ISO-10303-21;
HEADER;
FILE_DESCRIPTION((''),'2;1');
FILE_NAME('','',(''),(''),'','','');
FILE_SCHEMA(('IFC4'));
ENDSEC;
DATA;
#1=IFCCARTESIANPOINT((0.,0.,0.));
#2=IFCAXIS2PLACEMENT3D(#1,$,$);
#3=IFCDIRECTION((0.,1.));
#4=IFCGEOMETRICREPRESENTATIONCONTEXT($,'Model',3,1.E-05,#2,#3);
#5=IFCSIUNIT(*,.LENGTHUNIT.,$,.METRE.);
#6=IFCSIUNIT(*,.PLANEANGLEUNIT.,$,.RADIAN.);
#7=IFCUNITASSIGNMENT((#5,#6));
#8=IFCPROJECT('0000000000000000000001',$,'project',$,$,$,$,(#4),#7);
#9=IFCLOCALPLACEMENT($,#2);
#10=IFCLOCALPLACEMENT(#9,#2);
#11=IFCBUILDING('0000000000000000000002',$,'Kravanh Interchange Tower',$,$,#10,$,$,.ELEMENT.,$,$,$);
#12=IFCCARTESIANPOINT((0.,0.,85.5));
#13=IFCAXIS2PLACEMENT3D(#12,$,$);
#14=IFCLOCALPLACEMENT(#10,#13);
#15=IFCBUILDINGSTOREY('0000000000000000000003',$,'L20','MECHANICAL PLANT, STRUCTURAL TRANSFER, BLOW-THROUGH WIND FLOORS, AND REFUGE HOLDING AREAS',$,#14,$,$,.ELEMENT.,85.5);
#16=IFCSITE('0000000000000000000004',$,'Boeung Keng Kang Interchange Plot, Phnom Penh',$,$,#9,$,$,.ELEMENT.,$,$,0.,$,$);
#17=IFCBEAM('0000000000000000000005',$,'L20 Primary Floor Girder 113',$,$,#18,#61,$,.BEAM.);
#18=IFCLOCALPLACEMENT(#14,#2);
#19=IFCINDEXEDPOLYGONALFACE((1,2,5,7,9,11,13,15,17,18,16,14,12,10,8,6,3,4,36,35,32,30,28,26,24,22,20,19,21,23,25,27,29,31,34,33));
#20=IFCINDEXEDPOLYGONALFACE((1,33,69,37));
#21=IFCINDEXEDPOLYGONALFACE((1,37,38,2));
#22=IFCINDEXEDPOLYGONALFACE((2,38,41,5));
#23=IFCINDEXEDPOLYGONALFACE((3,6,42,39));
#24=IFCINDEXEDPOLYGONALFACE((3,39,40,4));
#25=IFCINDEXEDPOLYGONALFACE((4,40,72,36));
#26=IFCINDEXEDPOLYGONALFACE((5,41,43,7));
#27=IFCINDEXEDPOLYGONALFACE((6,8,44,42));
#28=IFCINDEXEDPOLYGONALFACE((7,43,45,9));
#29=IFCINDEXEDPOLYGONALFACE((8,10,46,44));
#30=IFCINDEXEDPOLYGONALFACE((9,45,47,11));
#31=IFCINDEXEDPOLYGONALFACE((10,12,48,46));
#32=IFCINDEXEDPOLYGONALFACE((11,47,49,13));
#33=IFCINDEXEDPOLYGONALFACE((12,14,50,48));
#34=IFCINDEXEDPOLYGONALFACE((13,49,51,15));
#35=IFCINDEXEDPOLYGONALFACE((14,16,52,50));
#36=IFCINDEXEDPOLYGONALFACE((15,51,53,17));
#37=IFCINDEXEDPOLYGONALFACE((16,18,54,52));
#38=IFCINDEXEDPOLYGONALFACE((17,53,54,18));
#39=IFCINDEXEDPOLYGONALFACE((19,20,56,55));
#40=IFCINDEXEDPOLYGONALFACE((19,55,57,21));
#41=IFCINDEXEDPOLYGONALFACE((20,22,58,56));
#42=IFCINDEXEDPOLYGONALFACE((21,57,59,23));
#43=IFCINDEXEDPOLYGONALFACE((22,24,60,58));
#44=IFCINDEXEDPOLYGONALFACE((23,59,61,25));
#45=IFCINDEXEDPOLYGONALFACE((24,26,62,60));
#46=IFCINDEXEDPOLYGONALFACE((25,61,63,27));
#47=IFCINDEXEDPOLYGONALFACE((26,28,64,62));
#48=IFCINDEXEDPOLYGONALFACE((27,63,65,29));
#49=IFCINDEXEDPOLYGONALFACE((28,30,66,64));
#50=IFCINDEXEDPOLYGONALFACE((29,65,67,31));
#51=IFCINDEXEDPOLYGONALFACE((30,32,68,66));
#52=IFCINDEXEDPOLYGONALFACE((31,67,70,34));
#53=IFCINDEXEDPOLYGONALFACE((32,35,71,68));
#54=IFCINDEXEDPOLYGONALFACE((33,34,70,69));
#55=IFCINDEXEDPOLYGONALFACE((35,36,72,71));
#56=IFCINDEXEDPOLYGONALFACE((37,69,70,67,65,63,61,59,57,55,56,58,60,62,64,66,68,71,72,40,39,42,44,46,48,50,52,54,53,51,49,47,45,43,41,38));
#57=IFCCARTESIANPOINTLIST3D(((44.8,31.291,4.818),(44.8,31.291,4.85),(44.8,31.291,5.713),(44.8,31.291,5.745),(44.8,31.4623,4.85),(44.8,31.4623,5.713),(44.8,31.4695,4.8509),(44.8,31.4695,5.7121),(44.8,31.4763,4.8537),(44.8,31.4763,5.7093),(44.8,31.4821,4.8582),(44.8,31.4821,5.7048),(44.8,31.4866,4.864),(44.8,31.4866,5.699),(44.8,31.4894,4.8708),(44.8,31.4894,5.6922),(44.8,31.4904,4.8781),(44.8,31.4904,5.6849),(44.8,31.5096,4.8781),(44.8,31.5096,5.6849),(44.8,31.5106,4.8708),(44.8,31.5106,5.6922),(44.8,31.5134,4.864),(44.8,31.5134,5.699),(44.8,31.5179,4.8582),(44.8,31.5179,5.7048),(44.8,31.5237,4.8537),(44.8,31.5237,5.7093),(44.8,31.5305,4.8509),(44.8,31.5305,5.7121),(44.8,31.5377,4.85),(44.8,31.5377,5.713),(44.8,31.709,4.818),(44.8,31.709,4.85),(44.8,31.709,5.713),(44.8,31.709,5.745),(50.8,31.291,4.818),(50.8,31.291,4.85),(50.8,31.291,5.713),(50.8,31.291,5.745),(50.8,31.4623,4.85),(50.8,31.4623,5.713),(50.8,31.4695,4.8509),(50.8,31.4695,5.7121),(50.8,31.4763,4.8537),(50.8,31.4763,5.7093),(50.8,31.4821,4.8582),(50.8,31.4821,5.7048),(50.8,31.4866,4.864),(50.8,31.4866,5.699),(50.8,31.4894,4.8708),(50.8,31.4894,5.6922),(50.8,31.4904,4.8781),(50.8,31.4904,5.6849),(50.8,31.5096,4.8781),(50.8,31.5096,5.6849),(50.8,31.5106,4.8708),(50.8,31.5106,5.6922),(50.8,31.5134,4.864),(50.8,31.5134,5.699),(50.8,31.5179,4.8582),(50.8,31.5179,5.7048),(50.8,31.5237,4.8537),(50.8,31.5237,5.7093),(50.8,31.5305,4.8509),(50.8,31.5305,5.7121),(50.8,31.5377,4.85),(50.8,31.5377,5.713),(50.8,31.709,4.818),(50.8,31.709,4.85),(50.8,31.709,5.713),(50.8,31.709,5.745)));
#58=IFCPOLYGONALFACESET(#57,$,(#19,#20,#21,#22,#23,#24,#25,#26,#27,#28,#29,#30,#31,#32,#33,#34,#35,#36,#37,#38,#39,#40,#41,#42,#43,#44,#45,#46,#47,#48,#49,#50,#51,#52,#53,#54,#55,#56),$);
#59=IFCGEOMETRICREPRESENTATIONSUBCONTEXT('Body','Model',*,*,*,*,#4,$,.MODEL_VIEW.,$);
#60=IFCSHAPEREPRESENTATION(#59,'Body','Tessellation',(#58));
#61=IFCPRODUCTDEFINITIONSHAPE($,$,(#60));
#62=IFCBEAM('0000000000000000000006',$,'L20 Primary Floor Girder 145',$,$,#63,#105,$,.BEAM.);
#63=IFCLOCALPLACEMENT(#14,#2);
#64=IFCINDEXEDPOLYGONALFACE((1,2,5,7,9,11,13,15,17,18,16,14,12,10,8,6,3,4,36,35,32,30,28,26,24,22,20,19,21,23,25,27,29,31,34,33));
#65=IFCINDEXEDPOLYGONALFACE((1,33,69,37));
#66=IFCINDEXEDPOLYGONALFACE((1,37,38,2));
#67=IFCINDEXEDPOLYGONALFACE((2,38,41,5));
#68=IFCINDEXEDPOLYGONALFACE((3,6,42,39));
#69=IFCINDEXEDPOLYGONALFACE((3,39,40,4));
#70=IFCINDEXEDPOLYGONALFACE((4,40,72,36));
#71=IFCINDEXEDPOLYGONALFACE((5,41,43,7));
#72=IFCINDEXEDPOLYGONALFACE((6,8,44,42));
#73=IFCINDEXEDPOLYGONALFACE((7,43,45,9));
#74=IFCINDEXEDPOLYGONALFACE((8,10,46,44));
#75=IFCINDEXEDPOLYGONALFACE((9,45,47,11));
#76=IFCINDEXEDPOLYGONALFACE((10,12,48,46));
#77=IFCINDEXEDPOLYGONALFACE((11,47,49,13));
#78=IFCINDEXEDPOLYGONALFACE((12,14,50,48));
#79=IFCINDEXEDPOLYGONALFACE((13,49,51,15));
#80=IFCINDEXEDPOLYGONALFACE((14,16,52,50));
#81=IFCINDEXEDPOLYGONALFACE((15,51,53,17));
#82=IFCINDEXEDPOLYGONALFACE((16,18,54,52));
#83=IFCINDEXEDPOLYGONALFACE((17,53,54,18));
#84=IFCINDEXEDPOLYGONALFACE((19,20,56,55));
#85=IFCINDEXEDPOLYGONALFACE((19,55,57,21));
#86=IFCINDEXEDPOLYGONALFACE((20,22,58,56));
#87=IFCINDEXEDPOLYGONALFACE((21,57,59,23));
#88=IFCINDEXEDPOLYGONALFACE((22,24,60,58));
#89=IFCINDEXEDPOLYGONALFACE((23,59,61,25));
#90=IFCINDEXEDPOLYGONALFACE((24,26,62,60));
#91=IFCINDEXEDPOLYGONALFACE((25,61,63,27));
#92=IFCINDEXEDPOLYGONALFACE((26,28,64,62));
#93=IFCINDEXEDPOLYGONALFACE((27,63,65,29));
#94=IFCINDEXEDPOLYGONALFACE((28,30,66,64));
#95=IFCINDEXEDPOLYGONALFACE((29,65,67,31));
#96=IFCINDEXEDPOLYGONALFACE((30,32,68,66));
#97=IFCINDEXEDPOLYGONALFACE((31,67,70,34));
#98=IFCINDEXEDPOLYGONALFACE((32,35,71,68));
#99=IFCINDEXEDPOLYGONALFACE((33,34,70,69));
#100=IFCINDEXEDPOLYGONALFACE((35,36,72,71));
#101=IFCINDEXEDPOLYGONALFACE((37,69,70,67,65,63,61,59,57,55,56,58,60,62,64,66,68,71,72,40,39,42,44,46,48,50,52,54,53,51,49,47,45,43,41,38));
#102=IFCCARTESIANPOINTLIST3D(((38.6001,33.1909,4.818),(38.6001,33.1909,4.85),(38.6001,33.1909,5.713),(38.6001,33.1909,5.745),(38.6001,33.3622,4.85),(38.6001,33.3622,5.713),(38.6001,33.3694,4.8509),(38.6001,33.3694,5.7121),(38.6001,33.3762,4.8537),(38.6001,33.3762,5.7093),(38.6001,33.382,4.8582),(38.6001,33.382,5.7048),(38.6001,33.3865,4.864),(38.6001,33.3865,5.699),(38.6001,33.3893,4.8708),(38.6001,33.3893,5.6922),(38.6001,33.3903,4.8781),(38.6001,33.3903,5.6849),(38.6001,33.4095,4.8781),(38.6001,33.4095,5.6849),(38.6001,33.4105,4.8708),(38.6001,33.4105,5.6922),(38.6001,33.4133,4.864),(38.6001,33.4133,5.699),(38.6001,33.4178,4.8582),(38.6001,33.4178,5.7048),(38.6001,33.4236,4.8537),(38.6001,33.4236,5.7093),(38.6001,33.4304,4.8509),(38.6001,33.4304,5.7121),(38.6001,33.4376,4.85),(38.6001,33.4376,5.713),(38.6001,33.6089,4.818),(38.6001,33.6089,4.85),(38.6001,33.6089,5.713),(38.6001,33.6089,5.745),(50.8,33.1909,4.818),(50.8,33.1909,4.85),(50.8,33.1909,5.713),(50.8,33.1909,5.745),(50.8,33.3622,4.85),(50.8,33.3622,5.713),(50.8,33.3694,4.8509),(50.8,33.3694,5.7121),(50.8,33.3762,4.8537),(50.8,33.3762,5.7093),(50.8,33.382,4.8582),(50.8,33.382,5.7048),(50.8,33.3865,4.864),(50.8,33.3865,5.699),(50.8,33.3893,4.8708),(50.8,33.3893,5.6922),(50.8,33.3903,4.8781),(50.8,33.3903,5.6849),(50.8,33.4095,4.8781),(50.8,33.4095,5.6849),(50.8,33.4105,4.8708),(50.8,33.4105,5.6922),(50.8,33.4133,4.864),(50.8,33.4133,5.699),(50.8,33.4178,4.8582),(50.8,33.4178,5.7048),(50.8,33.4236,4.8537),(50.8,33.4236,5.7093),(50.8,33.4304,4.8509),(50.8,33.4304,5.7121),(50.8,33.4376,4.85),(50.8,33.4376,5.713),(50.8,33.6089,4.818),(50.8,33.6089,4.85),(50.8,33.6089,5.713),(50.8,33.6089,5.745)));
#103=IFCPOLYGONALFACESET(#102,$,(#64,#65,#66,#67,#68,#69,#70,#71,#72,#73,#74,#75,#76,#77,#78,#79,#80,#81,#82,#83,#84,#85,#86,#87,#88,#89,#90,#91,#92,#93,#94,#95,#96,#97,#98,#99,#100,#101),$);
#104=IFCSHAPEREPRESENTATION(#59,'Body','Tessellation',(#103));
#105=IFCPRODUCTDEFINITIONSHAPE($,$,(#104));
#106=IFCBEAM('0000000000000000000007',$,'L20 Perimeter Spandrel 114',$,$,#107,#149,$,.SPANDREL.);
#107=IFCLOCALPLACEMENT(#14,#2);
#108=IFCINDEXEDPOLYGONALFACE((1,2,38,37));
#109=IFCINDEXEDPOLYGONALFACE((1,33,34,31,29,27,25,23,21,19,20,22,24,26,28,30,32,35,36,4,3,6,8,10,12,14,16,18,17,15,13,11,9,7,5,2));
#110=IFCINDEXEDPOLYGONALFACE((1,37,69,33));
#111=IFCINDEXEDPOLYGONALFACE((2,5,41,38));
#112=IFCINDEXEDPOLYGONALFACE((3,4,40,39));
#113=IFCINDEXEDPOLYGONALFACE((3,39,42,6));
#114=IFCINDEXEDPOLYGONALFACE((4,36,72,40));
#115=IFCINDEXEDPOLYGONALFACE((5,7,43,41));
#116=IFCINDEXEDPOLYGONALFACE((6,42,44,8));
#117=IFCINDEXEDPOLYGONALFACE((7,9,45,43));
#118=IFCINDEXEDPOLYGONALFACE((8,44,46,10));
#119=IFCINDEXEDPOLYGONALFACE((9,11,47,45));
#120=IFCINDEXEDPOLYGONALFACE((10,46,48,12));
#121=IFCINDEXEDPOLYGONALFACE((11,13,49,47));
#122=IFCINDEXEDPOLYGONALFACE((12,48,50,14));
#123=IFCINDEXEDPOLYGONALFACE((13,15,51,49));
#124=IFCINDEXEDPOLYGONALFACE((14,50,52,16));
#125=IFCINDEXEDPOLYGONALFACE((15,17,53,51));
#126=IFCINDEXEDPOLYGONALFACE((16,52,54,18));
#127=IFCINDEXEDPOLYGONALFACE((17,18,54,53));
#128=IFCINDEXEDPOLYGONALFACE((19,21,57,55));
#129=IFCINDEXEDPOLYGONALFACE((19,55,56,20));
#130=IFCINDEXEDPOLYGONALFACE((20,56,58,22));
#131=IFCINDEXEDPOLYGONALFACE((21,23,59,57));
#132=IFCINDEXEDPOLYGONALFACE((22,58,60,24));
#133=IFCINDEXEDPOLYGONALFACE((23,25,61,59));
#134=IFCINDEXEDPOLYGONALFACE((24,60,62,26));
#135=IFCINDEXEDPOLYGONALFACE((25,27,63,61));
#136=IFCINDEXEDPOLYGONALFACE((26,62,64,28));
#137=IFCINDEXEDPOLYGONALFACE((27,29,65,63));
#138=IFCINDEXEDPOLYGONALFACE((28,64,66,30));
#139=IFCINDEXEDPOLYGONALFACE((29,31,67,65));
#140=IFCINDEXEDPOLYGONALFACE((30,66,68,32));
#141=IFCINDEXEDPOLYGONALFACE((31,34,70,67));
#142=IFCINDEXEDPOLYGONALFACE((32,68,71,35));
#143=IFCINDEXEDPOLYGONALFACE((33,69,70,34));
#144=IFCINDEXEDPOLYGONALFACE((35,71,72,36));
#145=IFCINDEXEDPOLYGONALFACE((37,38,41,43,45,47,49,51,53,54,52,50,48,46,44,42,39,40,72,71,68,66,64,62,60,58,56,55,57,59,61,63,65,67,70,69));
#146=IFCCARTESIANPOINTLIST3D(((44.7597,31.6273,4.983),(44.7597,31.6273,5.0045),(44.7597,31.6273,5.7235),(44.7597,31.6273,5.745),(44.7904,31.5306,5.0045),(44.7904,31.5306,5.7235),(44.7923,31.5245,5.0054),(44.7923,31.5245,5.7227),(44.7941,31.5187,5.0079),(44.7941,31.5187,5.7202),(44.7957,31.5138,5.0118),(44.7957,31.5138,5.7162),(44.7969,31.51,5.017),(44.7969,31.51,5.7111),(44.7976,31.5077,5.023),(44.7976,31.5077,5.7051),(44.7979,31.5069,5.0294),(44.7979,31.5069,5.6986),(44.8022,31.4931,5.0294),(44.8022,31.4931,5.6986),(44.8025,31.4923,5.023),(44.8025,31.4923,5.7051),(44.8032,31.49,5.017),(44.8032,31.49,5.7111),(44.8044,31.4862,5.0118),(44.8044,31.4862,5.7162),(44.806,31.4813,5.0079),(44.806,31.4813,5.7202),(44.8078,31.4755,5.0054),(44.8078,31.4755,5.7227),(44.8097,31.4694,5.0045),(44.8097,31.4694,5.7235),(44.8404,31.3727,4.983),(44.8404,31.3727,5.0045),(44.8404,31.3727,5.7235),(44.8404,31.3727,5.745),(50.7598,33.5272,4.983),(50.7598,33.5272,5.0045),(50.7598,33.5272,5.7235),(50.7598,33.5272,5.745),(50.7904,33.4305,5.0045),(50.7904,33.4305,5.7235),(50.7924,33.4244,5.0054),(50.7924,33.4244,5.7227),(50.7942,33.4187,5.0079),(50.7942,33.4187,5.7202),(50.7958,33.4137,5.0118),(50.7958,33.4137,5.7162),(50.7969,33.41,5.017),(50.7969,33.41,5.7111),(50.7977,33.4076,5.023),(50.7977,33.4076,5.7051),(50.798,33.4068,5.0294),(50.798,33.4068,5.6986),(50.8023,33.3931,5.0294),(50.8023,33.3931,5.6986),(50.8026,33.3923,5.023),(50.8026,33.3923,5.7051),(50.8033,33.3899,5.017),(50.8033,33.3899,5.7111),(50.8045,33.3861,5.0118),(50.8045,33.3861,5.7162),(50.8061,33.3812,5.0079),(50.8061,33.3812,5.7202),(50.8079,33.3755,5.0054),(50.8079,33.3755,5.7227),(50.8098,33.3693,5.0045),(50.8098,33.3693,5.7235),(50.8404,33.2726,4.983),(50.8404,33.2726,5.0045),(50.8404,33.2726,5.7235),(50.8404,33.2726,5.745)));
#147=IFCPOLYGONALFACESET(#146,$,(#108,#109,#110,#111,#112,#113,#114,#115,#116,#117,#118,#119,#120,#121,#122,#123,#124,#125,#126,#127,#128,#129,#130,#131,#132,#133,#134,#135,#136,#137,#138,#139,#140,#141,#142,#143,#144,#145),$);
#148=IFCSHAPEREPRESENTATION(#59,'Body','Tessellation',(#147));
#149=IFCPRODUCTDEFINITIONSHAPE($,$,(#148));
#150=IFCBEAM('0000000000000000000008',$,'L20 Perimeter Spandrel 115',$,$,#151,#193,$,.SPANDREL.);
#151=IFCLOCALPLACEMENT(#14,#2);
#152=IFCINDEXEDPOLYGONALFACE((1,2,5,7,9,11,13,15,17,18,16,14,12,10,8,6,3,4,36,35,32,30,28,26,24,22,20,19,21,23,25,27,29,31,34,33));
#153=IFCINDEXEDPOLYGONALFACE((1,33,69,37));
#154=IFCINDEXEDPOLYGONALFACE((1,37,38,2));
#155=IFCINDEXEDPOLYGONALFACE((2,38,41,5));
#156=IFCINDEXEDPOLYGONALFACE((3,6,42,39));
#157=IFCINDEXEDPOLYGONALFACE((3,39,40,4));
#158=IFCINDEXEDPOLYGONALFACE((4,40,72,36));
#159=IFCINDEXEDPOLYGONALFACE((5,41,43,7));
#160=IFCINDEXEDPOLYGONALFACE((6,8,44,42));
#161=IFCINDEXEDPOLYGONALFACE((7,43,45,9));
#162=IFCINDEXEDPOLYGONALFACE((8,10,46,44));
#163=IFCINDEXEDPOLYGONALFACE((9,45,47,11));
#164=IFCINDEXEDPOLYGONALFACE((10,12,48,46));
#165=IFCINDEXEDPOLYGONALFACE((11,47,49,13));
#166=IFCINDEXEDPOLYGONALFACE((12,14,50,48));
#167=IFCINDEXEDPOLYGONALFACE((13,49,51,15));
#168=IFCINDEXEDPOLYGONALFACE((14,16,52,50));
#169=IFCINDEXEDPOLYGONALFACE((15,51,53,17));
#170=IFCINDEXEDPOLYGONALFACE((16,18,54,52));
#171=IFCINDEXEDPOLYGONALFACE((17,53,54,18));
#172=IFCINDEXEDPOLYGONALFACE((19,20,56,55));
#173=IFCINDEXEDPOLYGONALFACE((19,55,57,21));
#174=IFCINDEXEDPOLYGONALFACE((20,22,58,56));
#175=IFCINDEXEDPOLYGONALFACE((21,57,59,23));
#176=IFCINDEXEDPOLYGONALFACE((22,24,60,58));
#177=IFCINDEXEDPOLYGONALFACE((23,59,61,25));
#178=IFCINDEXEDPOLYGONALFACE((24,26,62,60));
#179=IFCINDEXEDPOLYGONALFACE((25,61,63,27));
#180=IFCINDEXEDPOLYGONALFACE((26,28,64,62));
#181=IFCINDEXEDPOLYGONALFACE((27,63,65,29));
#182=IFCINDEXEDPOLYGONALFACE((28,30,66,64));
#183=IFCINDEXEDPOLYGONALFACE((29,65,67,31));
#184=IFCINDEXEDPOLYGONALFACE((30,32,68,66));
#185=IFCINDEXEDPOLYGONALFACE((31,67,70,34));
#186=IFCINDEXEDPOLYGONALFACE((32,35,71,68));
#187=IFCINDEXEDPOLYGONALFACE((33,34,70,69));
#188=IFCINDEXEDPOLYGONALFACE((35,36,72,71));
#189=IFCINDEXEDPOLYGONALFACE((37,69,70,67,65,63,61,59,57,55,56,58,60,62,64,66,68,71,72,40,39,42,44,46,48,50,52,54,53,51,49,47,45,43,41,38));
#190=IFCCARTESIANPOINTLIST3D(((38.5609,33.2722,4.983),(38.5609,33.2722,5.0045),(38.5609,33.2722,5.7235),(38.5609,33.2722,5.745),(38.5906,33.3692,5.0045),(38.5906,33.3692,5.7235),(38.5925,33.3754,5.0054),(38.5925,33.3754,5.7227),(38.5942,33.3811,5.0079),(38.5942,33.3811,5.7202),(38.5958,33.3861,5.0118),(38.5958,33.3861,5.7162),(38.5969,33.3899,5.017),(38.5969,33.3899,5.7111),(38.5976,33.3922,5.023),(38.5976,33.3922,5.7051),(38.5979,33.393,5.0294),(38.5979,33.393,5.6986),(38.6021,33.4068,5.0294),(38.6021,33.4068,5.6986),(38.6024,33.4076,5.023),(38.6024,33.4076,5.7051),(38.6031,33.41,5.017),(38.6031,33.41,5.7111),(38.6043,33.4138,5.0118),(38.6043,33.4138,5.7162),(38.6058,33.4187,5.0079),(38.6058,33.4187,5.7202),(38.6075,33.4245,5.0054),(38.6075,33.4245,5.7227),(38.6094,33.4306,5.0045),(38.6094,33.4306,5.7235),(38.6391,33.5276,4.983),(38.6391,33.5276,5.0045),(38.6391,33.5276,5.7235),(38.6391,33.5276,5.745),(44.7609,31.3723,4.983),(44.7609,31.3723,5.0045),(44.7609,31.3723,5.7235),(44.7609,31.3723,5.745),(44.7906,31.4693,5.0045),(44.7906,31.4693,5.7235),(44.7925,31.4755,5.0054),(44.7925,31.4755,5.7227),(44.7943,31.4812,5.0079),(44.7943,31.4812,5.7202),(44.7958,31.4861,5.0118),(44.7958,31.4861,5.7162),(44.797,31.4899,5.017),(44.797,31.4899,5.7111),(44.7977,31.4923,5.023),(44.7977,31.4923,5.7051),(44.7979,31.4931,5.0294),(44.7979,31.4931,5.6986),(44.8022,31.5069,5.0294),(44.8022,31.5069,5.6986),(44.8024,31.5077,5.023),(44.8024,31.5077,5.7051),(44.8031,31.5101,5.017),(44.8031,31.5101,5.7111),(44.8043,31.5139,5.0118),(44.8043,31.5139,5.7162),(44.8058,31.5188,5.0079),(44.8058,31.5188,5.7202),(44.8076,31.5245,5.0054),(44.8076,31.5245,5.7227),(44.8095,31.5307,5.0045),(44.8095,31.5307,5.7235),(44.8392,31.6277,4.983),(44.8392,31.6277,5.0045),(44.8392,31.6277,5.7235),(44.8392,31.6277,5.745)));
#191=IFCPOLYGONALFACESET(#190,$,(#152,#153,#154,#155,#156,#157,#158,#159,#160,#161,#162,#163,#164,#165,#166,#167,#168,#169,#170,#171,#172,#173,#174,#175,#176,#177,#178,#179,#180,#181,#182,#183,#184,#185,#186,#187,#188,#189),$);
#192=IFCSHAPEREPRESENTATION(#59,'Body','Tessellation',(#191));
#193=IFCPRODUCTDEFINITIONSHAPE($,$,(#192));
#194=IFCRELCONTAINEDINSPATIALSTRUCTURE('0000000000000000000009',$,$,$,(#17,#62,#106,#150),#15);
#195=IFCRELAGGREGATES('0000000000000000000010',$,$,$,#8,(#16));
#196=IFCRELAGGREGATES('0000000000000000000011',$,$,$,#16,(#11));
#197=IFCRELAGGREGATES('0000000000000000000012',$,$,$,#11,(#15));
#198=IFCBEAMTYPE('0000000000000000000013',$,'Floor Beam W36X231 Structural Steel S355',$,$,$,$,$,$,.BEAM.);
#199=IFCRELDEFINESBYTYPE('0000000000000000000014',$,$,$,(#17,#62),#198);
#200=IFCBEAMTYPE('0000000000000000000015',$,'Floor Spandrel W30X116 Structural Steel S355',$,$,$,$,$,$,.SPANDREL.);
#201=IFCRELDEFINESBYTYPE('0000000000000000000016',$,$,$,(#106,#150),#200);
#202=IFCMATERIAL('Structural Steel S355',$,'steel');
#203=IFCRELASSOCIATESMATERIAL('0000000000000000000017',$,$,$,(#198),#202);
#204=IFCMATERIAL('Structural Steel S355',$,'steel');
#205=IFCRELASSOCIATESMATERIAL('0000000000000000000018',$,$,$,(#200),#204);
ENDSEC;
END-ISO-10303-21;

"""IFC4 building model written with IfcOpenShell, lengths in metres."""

from ifc_helpers import new_model, si_unit, direction, frame, origin, origin_2d, place, context, subcontext, project, spatial, i_section, extrude, material, material_profile, profile_set, type_object, element, save


model = new_model("IFC4")

# Units and contexts
model_context = context("Model", 3, precision=1e-05, world=origin(), true_north=direction((0.0, 1.0)))
body_context = subcontext(model_context, "Body", "Model", "MODEL_VIEW")
ifc_project = project(units=[si_unit("LENGTHUNIT", "METRE"), si_unit("PLANEANGLEUNIT", "RADIAN")], contexts=[model_context])

# Site, building, storey
site_placement = place(None, origin())
site = spatial("IfcSite", under=ifc_project, at=site_placement, Name="Boeung Keng Kang Interchange Plot, Phnom Penh", CompositionType="ELEMENT", RefElevation=0.0)
building_placement = place(site_placement, origin())
building = spatial("IfcBuilding", under=site, at=building_placement, Name="Kravanh Interchange Tower", CompositionType="ELEMENT")
storey_placement = place(building_placement, frame((0.0, 0.0, 85.5)))
storey = spatial("IfcBuildingStorey", under=building, at=storey_placement, Name="L20", Description="MECHANICAL PLANT, STRUCTURAL TRANSFER, BLOW-THROUGH WIND FLOORS, AND REFUGE HOLDING AREAS", CompositionType="ELEMENT", Elevation=85.5)

# Beams
ifc_material_1 = material(Name="Structural Steel S355", Category="steel")
ifc_material_profile_1 = material_profile(ifc_material_1, i_section(OverallWidth=0.418, OverallDepth=0.927, WebThickness=0.0193, FlangeThickness=0.032, FilletRadius=0.0281, at=origin_2d()), Name="W36X231")
ifc_profile_set_1 = profile_set([ifc_material_profile_1], Name="Structural Steel S355")
beam_type_1 = type_object("IfcBeamType", Name="Floor Beam W36X231 Structural Steel S355", PredefinedType="BEAM", material=ifc_profile_set_1)
beam_1_placement = place(storey_placement, frame((44.8, 31.5, 5.2815), z_axis=(1.0, 0.0, 0.0), x_axis=(0.0, 1.0, 0.0)))
element("IfcBeam", 1, at=beam_1_placement, inside=storey, type_object=beam_type_1, Name="L20 Primary Floor Girder 113", PredefinedType="BEAM", context=body_context, shape_type="SweptSolid", body=[
    extrude(i_section(OverallWidth=0.418, OverallDepth=0.927, WebThickness=0.0193, FlangeThickness=0.032, FilletRadius=0.0281, at=origin_2d()), origin(), (0.0, 0.0, 1.0), 6.0),
])
beam_2_placement = place(storey_placement, frame((38.6001, 33.3999, 5.2815), z_axis=(1.0, 0.0, 0.0), x_axis=(0.0, 1.0, 0.0)))
element("IfcBeam", 2, at=beam_2_placement, inside=storey, type_object=beam_type_1, Name="L20 Primary Floor Girder 145", PredefinedType="BEAM", context=body_context, shape_type="SweptSolid", body=[
    extrude(i_section(OverallWidth=0.418, OverallDepth=0.927, WebThickness=0.0193, FlangeThickness=0.032, FilletRadius=0.0281, at=origin_2d()), origin(), (0.0, 0.0, 1.0), 12.2),
])
ifc_material_2 = material(Name="Structural Steel S355", Category="steel")
ifc_material_profile_2 = material_profile(ifc_material_2, i_section(OverallWidth=0.2671, OverallDepth=0.762, WebThickness=0.0144, FlangeThickness=0.0215, FilletRadius=0.0249, at=origin_2d()), Name="W30X116")
ifc_profile_set_2 = profile_set([ifc_material_profile_2], Name="Structural Steel S355")
beam_type_2 = type_object("IfcBeamType", Name="Floor Spandrel W30X116 Structural Steel S355", PredefinedType="SPANDREL", material=ifc_profile_set_2)
beam_3_placement = place(storey_placement, frame((44.8, 31.5, 5.364), z_axis=(0.953347, 0.301878, 0.0), x_axis=(-0.301878, 0.953347, 0.0)))
element("IfcBeam", 3, at=beam_3_placement, inside=storey, type_object=beam_type_2, Name="L20 Perimeter Spandrel 114", PredefinedType="SPANDREL", context=body_context, shape_type="SweptSolid", body=[
    extrude(i_section(OverallWidth=0.2671, OverallDepth=0.762, WebThickness=0.0144, FlangeThickness=0.0215, FilletRadius=0.0249, at=origin_2d()), origin(), (0.0, 0.0, 1.0), 6.2937),
])
beam_4_placement = place(storey_placement, frame((44.8, 31.5, 5.364), z_axis=(-0.956115, 0.29299, 0.0), x_axis=(-0.29299, -0.956115, 0.0)))
element("IfcBeam", 4, at=beam_4_placement, inside=storey, type_object=beam_type_2, Name="L20 Perimeter Spandrel 115", PredefinedType="SPANDREL", context=body_context, shape_type="SweptSolid", body=[
    extrude(i_section(OverallWidth=0.2671, OverallDepth=0.762, WebThickness=0.0144, FlangeThickness=0.0215, FilletRadius=0.0249, at=origin_2d()), origin(), (0.0, 0.0, 1.0), 6.4846),
])

save(model, "model.ifc")
